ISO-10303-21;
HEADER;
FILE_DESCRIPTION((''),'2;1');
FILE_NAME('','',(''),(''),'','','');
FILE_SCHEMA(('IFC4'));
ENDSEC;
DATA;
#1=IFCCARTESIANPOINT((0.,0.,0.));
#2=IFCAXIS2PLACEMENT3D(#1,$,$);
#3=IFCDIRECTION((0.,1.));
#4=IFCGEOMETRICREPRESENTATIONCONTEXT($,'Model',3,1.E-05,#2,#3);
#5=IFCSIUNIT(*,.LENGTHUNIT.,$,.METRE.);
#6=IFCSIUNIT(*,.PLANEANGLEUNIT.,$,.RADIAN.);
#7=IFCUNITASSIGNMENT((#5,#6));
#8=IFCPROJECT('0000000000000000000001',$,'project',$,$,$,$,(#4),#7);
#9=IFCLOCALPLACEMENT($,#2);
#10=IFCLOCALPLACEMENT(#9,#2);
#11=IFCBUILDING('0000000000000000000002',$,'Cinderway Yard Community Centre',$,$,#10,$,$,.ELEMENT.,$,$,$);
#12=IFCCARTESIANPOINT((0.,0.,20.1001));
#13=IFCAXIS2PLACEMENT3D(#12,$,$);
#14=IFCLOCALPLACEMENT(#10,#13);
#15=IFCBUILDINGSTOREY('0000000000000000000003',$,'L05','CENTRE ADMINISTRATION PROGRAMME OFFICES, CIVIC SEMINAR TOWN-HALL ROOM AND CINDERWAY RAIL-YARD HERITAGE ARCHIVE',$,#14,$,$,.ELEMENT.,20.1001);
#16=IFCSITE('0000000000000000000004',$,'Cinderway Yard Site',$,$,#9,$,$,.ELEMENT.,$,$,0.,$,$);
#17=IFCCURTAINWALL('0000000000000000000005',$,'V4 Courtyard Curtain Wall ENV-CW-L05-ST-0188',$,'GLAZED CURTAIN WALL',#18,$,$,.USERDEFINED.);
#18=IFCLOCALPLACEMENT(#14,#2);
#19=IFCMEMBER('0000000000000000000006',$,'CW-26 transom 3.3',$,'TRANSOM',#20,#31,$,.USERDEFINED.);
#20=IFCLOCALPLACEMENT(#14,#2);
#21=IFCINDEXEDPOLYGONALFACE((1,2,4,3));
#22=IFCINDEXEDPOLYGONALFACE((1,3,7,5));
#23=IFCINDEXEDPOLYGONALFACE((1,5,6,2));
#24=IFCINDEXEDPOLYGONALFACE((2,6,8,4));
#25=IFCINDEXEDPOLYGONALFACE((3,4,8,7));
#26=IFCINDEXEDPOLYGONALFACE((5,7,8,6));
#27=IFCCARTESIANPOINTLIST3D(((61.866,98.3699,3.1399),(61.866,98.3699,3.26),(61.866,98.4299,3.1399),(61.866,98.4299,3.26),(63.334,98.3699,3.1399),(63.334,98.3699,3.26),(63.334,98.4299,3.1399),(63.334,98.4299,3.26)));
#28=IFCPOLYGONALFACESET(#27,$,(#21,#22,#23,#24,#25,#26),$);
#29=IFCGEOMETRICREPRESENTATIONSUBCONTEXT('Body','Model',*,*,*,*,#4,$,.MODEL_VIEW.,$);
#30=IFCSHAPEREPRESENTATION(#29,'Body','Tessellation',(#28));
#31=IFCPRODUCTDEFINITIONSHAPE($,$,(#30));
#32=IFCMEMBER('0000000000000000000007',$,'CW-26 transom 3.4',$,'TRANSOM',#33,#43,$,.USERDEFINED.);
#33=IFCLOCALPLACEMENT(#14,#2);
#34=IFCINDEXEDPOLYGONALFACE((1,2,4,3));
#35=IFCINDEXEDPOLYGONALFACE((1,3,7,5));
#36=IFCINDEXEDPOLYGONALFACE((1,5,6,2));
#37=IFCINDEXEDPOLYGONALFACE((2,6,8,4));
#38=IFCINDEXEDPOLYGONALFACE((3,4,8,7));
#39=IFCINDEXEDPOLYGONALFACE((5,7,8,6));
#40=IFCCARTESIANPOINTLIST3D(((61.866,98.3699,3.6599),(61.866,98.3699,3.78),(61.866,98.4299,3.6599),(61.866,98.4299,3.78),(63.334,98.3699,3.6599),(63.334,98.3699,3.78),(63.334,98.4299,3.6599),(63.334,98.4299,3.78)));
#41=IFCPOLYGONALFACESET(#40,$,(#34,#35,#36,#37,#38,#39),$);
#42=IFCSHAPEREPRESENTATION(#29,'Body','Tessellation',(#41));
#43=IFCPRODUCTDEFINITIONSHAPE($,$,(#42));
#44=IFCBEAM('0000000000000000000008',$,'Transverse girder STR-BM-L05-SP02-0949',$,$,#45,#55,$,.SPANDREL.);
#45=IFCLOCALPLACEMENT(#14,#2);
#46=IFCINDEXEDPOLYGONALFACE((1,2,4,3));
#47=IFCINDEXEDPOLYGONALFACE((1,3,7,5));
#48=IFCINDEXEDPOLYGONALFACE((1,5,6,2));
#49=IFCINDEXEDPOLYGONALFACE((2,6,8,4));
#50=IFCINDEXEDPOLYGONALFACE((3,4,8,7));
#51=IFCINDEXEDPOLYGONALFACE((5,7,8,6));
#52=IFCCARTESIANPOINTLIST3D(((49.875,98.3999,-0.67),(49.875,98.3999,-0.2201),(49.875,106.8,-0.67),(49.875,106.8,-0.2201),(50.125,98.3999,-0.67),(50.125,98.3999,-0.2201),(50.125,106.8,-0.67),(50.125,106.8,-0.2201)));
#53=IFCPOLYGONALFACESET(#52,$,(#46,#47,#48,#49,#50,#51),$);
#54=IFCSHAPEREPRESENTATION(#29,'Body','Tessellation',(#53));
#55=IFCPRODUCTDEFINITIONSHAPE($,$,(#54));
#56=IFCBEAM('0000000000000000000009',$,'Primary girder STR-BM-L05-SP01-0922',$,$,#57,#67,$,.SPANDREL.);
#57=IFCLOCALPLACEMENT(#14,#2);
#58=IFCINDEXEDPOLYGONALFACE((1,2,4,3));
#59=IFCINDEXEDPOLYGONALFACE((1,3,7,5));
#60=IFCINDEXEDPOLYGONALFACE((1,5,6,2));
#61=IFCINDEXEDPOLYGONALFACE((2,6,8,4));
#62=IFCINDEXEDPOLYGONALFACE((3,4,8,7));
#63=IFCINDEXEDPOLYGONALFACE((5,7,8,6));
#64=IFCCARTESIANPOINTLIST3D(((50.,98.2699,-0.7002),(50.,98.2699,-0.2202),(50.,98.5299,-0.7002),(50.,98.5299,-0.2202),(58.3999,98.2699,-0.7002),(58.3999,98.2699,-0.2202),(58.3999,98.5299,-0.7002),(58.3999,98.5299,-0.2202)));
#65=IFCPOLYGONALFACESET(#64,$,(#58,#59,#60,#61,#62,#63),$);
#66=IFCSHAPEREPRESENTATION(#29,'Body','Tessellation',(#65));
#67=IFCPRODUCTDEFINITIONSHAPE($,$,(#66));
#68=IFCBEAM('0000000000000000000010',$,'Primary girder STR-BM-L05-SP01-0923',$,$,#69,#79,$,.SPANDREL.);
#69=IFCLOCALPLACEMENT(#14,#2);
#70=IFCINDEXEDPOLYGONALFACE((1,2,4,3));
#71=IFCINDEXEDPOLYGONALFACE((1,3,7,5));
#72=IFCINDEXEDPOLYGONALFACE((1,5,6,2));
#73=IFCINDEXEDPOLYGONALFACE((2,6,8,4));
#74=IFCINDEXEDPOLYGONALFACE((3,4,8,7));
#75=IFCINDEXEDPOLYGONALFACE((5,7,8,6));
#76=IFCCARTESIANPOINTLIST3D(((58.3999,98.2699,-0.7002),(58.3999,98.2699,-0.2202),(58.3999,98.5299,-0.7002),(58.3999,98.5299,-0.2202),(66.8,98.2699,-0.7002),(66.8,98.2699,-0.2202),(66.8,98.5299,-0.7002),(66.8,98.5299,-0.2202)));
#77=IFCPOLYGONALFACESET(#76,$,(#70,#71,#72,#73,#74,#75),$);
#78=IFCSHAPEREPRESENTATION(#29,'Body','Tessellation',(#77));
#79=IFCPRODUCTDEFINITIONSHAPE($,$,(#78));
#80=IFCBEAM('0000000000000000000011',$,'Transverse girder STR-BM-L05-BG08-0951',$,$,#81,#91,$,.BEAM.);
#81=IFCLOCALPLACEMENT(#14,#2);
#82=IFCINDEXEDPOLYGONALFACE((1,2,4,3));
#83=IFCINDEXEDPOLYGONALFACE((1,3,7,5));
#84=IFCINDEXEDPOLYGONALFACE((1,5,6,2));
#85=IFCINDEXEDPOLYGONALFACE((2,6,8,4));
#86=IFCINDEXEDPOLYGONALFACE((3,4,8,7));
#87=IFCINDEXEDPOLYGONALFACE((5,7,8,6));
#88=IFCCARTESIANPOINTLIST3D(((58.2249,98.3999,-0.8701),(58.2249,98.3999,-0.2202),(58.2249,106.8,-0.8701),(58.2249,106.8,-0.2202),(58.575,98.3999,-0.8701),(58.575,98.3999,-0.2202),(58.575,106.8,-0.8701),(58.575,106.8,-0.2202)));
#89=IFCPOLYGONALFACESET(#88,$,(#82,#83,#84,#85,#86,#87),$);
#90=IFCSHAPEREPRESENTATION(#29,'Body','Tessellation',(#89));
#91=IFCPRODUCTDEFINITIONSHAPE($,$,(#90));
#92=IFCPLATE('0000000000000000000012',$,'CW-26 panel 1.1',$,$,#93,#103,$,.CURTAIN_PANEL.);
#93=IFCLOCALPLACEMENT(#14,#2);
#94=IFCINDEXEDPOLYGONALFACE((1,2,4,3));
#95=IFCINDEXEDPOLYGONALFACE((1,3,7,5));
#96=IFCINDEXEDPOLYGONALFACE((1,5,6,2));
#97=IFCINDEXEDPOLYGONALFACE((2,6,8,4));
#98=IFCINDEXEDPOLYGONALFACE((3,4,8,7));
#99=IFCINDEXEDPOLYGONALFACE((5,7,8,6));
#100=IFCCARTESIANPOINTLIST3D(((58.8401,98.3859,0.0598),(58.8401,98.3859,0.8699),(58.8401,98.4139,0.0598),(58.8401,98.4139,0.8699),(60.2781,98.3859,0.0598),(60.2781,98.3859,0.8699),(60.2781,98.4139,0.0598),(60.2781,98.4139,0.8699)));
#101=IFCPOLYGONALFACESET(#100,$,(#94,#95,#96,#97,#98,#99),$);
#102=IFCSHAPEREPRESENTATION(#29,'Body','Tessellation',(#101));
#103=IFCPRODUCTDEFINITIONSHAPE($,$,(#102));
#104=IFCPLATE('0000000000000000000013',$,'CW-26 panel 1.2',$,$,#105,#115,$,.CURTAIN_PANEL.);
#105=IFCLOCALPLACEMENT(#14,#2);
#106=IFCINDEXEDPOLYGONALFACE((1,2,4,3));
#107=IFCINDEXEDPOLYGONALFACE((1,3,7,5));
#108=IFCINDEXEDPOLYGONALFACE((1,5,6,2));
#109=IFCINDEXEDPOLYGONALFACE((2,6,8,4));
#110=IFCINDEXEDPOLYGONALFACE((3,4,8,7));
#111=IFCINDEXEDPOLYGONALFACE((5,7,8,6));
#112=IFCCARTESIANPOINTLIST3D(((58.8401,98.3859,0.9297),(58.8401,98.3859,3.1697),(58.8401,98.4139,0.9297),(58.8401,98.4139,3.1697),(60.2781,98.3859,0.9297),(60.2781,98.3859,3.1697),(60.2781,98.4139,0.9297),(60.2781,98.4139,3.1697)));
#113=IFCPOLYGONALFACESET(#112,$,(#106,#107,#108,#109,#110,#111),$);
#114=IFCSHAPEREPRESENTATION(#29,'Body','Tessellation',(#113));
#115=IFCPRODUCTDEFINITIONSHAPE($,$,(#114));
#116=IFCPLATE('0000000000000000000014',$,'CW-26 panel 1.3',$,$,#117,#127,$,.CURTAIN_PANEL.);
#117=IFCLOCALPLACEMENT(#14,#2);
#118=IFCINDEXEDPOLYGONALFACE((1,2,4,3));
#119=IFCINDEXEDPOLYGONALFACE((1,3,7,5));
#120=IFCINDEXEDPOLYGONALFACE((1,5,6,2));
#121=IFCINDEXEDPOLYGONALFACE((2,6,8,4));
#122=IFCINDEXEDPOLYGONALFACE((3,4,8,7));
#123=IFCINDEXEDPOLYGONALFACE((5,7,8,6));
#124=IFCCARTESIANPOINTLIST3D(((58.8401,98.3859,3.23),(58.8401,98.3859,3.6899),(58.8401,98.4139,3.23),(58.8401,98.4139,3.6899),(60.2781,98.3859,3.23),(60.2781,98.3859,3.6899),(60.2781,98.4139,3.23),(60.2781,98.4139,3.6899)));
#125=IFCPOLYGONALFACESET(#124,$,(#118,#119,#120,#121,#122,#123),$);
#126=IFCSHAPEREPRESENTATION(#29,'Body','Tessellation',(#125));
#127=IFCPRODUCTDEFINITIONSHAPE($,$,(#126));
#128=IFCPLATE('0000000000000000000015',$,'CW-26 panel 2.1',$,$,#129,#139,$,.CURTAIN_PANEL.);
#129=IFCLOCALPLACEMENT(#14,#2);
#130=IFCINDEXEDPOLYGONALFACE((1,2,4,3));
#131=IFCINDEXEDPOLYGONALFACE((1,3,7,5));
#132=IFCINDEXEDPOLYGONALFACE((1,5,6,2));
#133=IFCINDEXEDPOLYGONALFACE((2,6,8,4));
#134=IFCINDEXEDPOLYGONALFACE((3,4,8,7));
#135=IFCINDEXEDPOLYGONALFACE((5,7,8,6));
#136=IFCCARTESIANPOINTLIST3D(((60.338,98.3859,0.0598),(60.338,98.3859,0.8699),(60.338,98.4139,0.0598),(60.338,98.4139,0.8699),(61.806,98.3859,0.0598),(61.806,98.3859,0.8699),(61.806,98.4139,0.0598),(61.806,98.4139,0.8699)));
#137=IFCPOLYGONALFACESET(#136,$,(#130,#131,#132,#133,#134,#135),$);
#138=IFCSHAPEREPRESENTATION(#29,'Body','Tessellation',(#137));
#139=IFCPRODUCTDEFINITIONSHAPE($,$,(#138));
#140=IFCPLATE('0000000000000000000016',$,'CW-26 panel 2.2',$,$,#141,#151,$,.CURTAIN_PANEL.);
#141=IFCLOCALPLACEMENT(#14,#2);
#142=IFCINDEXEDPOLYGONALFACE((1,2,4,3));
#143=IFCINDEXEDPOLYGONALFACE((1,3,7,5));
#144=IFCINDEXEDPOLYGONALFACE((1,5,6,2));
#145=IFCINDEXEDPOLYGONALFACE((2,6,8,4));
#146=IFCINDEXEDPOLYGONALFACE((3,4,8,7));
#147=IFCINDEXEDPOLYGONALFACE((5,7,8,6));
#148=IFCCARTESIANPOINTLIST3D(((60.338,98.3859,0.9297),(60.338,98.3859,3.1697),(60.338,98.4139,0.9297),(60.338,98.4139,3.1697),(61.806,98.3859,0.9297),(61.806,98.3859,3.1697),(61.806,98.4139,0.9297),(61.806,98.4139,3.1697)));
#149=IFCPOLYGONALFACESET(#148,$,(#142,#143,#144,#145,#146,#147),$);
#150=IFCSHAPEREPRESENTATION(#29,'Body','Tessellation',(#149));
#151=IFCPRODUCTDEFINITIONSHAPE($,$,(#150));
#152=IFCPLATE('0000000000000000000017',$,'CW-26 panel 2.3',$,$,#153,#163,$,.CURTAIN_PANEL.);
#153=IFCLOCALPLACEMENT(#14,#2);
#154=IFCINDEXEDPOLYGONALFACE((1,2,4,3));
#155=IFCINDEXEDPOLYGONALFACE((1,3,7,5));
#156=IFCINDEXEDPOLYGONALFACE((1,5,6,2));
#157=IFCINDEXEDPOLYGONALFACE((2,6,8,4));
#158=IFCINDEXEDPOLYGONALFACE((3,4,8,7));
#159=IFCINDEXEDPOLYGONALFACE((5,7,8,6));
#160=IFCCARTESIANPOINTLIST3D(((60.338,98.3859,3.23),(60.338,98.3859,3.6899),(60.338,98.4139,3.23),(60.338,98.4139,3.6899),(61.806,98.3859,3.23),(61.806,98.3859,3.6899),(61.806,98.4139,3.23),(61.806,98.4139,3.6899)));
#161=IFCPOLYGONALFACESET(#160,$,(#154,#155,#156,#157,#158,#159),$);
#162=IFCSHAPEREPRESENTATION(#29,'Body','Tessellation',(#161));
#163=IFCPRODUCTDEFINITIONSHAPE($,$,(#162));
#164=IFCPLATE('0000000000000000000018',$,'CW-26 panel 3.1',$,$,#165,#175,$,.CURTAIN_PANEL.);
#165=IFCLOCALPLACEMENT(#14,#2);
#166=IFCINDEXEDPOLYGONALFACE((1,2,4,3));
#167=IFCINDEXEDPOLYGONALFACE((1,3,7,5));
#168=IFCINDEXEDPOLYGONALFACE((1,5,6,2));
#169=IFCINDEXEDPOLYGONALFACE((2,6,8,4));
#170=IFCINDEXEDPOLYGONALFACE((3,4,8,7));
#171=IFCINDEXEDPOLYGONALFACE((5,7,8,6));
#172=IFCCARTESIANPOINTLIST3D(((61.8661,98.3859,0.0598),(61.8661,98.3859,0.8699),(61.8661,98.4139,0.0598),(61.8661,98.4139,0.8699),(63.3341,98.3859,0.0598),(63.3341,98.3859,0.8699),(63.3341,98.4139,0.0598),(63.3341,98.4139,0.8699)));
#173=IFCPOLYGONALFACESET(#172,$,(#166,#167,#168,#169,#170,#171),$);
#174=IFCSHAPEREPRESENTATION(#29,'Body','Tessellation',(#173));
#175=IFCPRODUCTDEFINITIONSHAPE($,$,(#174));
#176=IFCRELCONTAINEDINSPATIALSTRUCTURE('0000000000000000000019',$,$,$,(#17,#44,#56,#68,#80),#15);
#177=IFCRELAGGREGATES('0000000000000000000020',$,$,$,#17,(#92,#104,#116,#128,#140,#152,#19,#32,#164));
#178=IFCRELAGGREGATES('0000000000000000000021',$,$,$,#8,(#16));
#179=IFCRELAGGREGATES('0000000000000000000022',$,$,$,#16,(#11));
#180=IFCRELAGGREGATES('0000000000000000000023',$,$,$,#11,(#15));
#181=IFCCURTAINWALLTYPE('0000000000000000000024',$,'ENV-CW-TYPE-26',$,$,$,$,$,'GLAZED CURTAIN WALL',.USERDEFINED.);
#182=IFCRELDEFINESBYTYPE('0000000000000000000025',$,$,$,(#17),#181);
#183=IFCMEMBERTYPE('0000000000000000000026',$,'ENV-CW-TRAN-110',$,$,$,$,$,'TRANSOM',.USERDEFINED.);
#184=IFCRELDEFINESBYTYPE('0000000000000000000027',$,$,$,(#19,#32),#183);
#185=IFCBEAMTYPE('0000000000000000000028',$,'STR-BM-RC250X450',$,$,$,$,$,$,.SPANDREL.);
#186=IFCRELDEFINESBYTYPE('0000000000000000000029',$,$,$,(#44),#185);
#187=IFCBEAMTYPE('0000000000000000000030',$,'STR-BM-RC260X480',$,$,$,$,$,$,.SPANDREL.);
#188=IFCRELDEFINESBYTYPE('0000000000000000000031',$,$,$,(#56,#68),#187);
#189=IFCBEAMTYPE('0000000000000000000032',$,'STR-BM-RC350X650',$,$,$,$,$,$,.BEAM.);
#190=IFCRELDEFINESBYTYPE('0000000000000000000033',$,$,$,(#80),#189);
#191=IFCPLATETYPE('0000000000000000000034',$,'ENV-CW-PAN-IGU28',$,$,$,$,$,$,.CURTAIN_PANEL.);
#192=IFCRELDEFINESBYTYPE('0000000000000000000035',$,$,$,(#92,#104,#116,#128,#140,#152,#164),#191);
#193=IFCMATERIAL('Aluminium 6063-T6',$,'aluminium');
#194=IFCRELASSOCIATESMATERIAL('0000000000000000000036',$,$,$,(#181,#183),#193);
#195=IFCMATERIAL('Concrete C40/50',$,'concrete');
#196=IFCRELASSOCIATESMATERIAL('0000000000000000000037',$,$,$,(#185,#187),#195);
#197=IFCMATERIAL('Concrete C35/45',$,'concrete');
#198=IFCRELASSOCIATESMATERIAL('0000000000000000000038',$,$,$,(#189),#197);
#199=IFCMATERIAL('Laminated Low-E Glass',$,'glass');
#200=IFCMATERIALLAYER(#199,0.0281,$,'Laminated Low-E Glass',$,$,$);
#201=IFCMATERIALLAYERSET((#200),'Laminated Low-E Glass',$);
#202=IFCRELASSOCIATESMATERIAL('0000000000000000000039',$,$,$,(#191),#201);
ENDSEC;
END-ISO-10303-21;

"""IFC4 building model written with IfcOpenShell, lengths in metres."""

from ifc_helpers import new_model, si_unit, direction, frame, origin, origin_2d, place, context, subcontext, project, spatial, rectangle, extrude, material, layer, layer_set, material_profile, profile_set, type_object, element, aggregate, save


model = new_model("IFC4")

# Units and contexts
model_context = context("Model", 3, precision=1e-05, world=origin(), true_north=direction((0.0, 1.0)))
body_context = subcontext(model_context, "Body", "Model", "MODEL_VIEW")
ifc_project = project(units=[si_unit("LENGTHUNIT", "METRE"), si_unit("PLANEANGLEUNIT", "RADIAN")], contexts=[model_context])

# Site, building, storey
site_placement = place(None, origin())
site = spatial("IfcSite", under=ifc_project, at=site_placement, Name="Cinderway Yard Site", CompositionType="ELEMENT", RefElevation=0.0)
building_placement = place(site_placement, origin())
building = spatial("IfcBuilding", under=site, at=building_placement, Name="Cinderway Yard Community Centre", CompositionType="ELEMENT")
storey_placement = place(building_placement, frame((0.0, 0.0, 20.1001)))
storey = spatial("IfcBuildingStorey", under=building, at=storey_placement, Name="L05", Description="CENTRE ADMINISTRATION PROGRAMME OFFICES, CIVIC SEMINAR TOWN-HALL ROOM AND CINDERWAY RAIL-YARD HERITAGE ARCHIVE", CompositionType="ELEMENT", Elevation=20.1001)

# Shared definitions
ifc_material_1 = material(Name="Concrete C40/50", Category="concrete")

# Curtain wall, members
ifc_material_2 = material(Name="Aluminium 6063-T6", Category="aluminium")
curtain_wall_type = type_object("IfcCurtainWallType", Name="ENV-CW-TYPE-26", ElementType="GLAZED CURTAIN WALL", PredefinedType="USERDEFINED", material=ifc_material_2)
curtain_wall_placement = place(storey_placement, origin())
curtain_wall = element("IfcCurtainWall", 1, at=curtain_wall_placement, inside=storey, type_object=curtain_wall_type, Name="V4 Courtyard Curtain Wall ENV-CW-L05-ST-0188", ObjectType="GLAZED CURTAIN WALL", PredefinedType="USERDEFINED")
ifc_material_profile_1 = material_profile(ifc_material_2, rectangle(XDim=0.0601, YDim=0.1201, at=origin_2d()), Name="Aluminium 6063-T6")
ifc_profile_set_1 = profile_set([ifc_material_profile_1], Name="Aluminium 6063-T6")
member_type_1 = type_object("IfcMemberType", Name="ENV-CW-TRAN-110", ElementType="TRANSOM", PredefinedType="USERDEFINED", material=ifc_profile_set_1)
member_1_placement = place(storey_placement, frame((61.866, 98.3999, 3.2), z_axis=(1.0, 0.0, 0.0), x_axis=(0.0, 1.0, 0.0)))
member_1 = element("IfcMember", 2, at=member_1_placement, type_object=member_type_1, Name="CW-26 transom 3.3", ObjectType="TRANSOM", PredefinedType="USERDEFINED", context=body_context, shape_type="SweptSolid", body=[
    extrude(rectangle(XDim=0.0601, YDim=0.1201, at=origin_2d()), origin(), (0.0, 0.0, 1.0), 1.468),
])
member_2_placement = place(storey_placement, frame((61.866, 98.3999, 3.72), z_axis=(1.0, 0.0, 0.0), x_axis=(0.0, 1.0, 0.0)))
member_2 = element("IfcMember", 3, at=member_2_placement, type_object=member_type_1, Name="CW-26 transom 3.4", ObjectType="TRANSOM", PredefinedType="USERDEFINED", context=body_context, shape_type="SweptSolid", body=[
    extrude(rectangle(XDim=0.0601, YDim=0.1201, at=origin_2d()), origin(), (0.0, 0.0, 1.0), 1.468),
])

# Beams
ifc_material_profile_2 = material_profile(ifc_material_1, rectangle(XDim=0.25, YDim=0.45, at=origin_2d()), Name="Concrete C40/50")
ifc_profile_set_2 = profile_set([ifc_material_profile_2], Name="Concrete C40/50")
beam_type_1 = type_object("IfcBeamType", Name="STR-BM-RC250X450", PredefinedType="SPANDREL", material=ifc_profile_set_2)
beam_1_placement = place(storey_placement, frame((50.0, 98.3999, -0.4451), z_axis=(0.0, 1.0, 0.0), x_axis=(-1.0, 0.0, 0.0)))
element("IfcBeam", 4, at=beam_1_placement, inside=storey, type_object=beam_type_1, Name="Transverse girder STR-BM-L05-SP02-0949", PredefinedType="SPANDREL", context=body_context, shape_type="SweptSolid", body=[
    extrude(rectangle(XDim=0.25, YDim=0.45, at=origin_2d()), origin(), (0.0, 0.0, 1.0), 8.4001),
])
ifc_material_profile_3 = material_profile(ifc_material_1, rectangle(XDim=0.26, YDim=0.48, at=origin_2d()), Name="Concrete C40/50")
ifc_profile_set_3 = profile_set([ifc_material_profile_3], Name="Concrete C40/50")
beam_type_2 = type_object("IfcBeamType", Name="STR-BM-RC260X480", PredefinedType="SPANDREL", material=ifc_profile_set_3)
beam_2_placement = place(storey_placement, frame((50.0, 98.3999, -0.4602), z_axis=(1.0, 0.0, 0.0), x_axis=(0.0, 1.0, 0.0)))
element("IfcBeam", 5, at=beam_2_placement, inside=storey, type_object=beam_type_2, Name="Primary girder STR-BM-L05-SP01-0922", PredefinedType="SPANDREL", context=body_context, shape_type="SweptSolid", body=[
    extrude(rectangle(XDim=0.26, YDim=0.48, at=origin_2d()), origin(), (0.0, 0.0, 1.0), 8.3999),
])
beam_3_placement = place(storey_placement, frame((58.3999, 98.3999, -0.4602), z_axis=(1.0, 0.0, 0.0), x_axis=(0.0, 1.0, 0.0)))
element("IfcBeam", 6, at=beam_3_placement, inside=storey, type_object=beam_type_2, Name="Primary girder STR-BM-L05-SP01-0923", PredefinedType="SPANDREL", context=body_context, shape_type="SweptSolid", body=[
    extrude(rectangle(XDim=0.26, YDim=0.48, at=origin_2d()), origin(), (0.0, 0.0, 1.0), 8.4001),
])
ifc_material_3 = material(Name="Concrete C35/45", Category="concrete")
ifc_material_profile_4 = material_profile(ifc_material_3, rectangle(XDim=0.3501, YDim=0.6499, at=origin_2d()), Name="Concrete C35/45")
ifc_profile_set_4 = profile_set([ifc_material_profile_4], Name="Concrete C35/45")
beam_type_3 = type_object("IfcBeamType", Name="STR-BM-RC350X650", PredefinedType="BEAM", material=ifc_profile_set_4)
beam_4_placement = place(storey_placement, frame((58.3999, 98.3999, -0.5452), z_axis=(0.0, 1.0, 0.0), x_axis=(-1.0, 0.0, 0.0)))
element("IfcBeam", 7, at=beam_4_placement, inside=storey, type_object=beam_type_3, Name="Transverse girder STR-BM-L05-BG08-0951", PredefinedType="BEAM", context=body_context, shape_type="SweptSolid", body=[
    extrude(rectangle(XDim=0.3501, YDim=0.6499, at=origin_2d()), origin(), (0.0, 0.0, 1.0), 8.4001),
])

# Plates
ifc_material_4 = material(Name="Laminated Low-E Glass", Category="glass")
ifc_layer_1 = layer(ifc_material_4, 0.0281, Name="Laminated Low-E Glass")
ifc_layer_set_1 = layer_set([ifc_layer_1], Name="Laminated Low-E Glass")
plate_type = type_object("IfcPlateType", Name="ENV-CW-PAN-IGU28", PredefinedType="CURTAIN_PANEL", material=ifc_layer_set_1)
plate_1_placement = place(storey_placement, frame((59.5591, 98.3999, 0.0598), z_axis=(0.0, 0.0, 1.0), x_axis=(1.0, 0.0, 0.0)))
plate_1 = element("IfcPlate", 8, at=plate_1_placement, type_object=plate_type, Name="CW-26 panel 1.1", PredefinedType="CURTAIN_PANEL", context=body_context, shape_type="SweptSolid", body=[
    extrude(rectangle(XDim=1.438, YDim=0.0281, at=origin_2d()), origin(), (0.0, 0.0, 1.0), 0.8101),
])
plate_2_placement = place(storey_placement, frame((59.5591, 98.3999, 0.9297), z_axis=(0.0, 0.0, 1.0), x_axis=(1.0, 0.0, 0.0)))
plate_2 = element("IfcPlate", 9, at=plate_2_placement, type_object=plate_type, Name="CW-26 panel 1.2", PredefinedType="CURTAIN_PANEL", context=body_context, shape_type="SweptSolid", body=[
    extrude(rectangle(XDim=1.438, YDim=0.0281, at=origin_2d()), origin(), (0.0, 0.0, 1.0), 2.24),
])
plate_3_placement = place(storey_placement, frame((59.5591, 98.3999, 3.23), z_axis=(0.0, 0.0, 1.0), x_axis=(1.0, 0.0, 0.0)))
plate_3 = element("IfcPlate", 10, at=plate_3_placement, type_object=plate_type, Name="CW-26 panel 1.3", PredefinedType="CURTAIN_PANEL", context=body_context, shape_type="SweptSolid", body=[
    extrude(rectangle(XDim=1.438, YDim=0.0281, at=origin_2d()), origin(), (0.0, 0.0, 1.0), 0.46),
])
plate_4_placement = place(storey_placement, frame((61.072, 98.3999, 0.0598), z_axis=(0.0, 0.0, 1.0), x_axis=(1.0, 0.0, 0.0)))
plate_4 = element("IfcPlate", 11, at=plate_4_placement, type_object=plate_type, Name="CW-26 panel 2.1", PredefinedType="CURTAIN_PANEL", context=body_context, shape_type="SweptSolid", body=[
    extrude(rectangle(XDim=1.468, YDim=0.0281, at=origin_2d()), origin(), (0.0, 0.0, 1.0), 0.8101),
])
plate_5_placement = place(storey_placement, frame((61.072, 98.3999, 0.9297), z_axis=(0.0, 0.0, 1.0), x_axis=(1.0, 0.0, 0.0)))
plate_5 = element("IfcPlate", 12, at=plate_5_placement, type_object=plate_type, Name="CW-26 panel 2.2", PredefinedType="CURTAIN_PANEL", context=body_context, shape_type="SweptSolid", body=[
    extrude(rectangle(XDim=1.468, YDim=0.0281, at=origin_2d()), origin(), (0.0, 0.0, 1.0), 2.24),
])
plate_6_placement = place(storey_placement, frame((61.072, 98.3999, 3.23), z_axis=(0.0, 0.0, 1.0), x_axis=(1.0, 0.0, 0.0)))
plate_6 = element("IfcPlate", 13, at=plate_6_placement, type_object=plate_type, Name="CW-26 panel 2.3", PredefinedType="CURTAIN_PANEL", context=body_context, shape_type="SweptSolid", body=[
    extrude(rectangle(XDim=1.468, YDim=0.0281, at=origin_2d()), origin(), (0.0, 0.0, 1.0), 0.46),
])
plate_7_placement = place(storey_placement, frame((62.6001, 98.3999, 0.0598), z_axis=(0.0, 0.0, 1.0), x_axis=(1.0, 0.0, 0.0)))
plate_7 = element("IfcPlate", 14, at=plate_7_placement, type_object=plate_type, Name="CW-26 panel 3.1", PredefinedType="CURTAIN_PANEL", context=body_context, shape_type="SweptSolid", body=[
    extrude(rectangle(XDim=1.468, YDim=0.0281, at=origin_2d()), origin(), (0.0, 0.0, 1.0), 0.8101),
])
aggregate(curtain_wall, [plate_1, plate_2, plate_3, plate_4, plate_5, plate_6, member_1, member_2, plate_7])

save(model, "model.ifc")
